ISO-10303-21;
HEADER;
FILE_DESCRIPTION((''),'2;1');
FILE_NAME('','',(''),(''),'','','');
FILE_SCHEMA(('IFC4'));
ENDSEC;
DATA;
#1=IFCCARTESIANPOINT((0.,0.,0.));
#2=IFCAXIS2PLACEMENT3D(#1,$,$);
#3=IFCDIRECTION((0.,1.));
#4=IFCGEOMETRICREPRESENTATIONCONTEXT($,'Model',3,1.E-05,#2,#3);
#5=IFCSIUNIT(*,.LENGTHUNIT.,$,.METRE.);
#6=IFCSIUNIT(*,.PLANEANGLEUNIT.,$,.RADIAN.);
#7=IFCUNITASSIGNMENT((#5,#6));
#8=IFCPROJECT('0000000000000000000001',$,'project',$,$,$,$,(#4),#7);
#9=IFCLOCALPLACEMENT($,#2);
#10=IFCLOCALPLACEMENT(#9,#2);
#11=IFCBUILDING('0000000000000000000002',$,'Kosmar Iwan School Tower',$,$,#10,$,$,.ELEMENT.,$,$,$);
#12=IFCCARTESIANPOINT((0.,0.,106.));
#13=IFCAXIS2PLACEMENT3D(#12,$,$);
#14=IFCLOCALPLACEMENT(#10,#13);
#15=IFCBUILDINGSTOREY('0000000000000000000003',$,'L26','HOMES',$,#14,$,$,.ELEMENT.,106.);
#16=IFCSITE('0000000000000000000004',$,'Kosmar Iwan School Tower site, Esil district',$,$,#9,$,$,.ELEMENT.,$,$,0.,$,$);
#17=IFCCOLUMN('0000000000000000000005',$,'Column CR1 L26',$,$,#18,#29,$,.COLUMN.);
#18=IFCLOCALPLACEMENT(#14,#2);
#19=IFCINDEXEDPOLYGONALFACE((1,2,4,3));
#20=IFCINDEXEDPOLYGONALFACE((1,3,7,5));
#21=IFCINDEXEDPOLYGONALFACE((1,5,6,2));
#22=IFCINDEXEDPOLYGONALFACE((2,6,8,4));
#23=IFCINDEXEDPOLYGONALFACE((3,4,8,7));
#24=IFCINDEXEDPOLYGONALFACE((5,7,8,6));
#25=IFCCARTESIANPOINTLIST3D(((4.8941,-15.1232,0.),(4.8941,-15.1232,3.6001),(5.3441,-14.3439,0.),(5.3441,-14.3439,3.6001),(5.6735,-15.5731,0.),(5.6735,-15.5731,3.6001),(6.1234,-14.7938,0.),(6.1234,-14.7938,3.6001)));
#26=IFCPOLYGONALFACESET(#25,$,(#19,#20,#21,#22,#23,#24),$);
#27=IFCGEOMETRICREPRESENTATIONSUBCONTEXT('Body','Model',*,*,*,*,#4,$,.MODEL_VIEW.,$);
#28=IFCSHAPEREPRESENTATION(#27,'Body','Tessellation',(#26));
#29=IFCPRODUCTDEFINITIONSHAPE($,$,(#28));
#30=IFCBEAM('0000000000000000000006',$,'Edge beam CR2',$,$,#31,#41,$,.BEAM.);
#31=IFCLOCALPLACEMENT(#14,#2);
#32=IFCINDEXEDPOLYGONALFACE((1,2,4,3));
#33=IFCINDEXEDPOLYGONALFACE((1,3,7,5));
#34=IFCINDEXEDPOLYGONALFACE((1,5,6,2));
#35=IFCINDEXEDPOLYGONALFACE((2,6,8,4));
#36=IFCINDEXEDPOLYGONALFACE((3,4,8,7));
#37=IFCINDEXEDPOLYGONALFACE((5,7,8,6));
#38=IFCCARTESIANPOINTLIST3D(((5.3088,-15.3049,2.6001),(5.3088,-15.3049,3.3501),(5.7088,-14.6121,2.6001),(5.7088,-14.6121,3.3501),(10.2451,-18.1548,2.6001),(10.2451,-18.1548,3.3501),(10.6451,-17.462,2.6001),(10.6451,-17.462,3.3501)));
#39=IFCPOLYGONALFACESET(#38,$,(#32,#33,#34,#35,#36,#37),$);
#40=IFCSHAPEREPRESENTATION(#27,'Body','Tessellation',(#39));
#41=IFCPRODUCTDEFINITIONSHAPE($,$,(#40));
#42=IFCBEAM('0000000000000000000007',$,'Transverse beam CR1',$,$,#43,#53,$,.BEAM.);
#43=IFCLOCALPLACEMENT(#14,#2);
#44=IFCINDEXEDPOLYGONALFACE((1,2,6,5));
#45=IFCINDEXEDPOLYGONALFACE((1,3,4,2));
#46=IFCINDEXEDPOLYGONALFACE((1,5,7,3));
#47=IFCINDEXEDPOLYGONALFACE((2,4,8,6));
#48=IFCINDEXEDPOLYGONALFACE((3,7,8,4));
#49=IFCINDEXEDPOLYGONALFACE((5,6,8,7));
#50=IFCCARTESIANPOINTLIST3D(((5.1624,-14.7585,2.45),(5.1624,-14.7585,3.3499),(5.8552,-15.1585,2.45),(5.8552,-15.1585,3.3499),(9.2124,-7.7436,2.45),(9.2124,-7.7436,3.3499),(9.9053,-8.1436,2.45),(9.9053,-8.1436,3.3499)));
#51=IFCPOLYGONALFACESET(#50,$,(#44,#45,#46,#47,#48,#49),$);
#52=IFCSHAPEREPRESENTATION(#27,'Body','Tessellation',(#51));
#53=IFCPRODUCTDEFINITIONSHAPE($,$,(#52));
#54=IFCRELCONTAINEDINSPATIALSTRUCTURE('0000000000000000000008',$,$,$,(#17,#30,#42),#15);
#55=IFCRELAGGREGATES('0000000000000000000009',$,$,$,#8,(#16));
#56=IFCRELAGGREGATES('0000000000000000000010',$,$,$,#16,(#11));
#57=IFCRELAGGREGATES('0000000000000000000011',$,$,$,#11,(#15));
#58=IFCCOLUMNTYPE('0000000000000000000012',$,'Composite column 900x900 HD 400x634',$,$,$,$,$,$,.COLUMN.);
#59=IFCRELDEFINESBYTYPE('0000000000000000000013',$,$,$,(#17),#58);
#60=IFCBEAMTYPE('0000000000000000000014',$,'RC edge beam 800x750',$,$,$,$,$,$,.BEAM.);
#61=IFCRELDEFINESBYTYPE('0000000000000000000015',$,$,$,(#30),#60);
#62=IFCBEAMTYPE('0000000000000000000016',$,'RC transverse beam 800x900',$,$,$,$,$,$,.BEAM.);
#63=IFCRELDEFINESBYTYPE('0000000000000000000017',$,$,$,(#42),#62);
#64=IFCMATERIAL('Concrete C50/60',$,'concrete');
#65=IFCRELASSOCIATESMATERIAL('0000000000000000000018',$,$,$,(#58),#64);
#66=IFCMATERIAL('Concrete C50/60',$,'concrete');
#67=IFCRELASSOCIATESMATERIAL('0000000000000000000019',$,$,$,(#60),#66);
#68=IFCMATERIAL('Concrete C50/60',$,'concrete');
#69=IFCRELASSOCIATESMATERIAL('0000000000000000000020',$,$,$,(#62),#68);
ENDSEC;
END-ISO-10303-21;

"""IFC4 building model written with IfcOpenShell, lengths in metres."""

from ifc_helpers import new_model, si_unit, direction, frame, origin, origin_2d, place, context, subcontext, project, spatial, rectangle, extrude, material, material_profile, profile_set, type_object, element, save


model = new_model("IFC4")

# Units and contexts
model_context = context("Model", 3, precision=1e-05, world=origin(), true_north=direction((0.0, 1.0)))
body_context = subcontext(model_context, "Body", "Model", "MODEL_VIEW")
ifc_project = project(units=[si_unit("LENGTHUNIT", "METRE"), si_unit("PLANEANGLEUNIT", "RADIAN")], contexts=[model_context])

# Site, building, storey
site_placement = place(None, origin())
site = spatial("IfcSite", under=ifc_project, at=site_placement, Name="Kosmar Iwan School Tower site, Esil district", CompositionType="ELEMENT", RefElevation=0.0)
building_placement = place(site_placement, origin())
building = spatial("IfcBuilding", under=site, at=building_placement, Name="Kosmar Iwan School Tower", CompositionType="ELEMENT")
storey_placement = place(building_placement, frame((0.0, 0.0, 106.0)))
storey = spatial("IfcBuildingStorey", under=building, at=storey_placement, Name="L26", Description="HOMES", CompositionType="ELEMENT", Elevation=106.0)

# Column
ifc_material_1 = material(Name="Concrete C50/60", Category="concrete")
ifc_material_profile_1 = material_profile(ifc_material_1, rectangle(XDim=0.8999, YDim=0.8999, at=origin_2d()), Name="RC 900x900 + HD 400x634")
ifc_profile_set_1 = profile_set([ifc_material_profile_1], Name="Concrete C50/60")
column_type = type_object("IfcColumnType", Name="Composite column 900x900 HD 400x634", PredefinedType="COLUMN", material=ifc_profile_set_1)
column_placement = place(storey_placement, frame((5.5088, -14.9585, 0.0), z_axis=(0.0, 0.0, 1.0), x_axis=(0.866025, -0.5, 0.0)))
element("IfcColumn", 1, at=column_placement, inside=storey, type_object=column_type, Name="Column CR1 L26", PredefinedType="COLUMN", context=body_context, shape_type="SweptSolid", body=[
    extrude(rectangle(XDim=0.8999, YDim=0.8999, at=origin_2d()), origin(), (0.0, 0.0, 1.0), 3.6001),
])

# Beams
ifc_material_2 = material(Name="Concrete C50/60", Category="concrete")
ifc_material_profile_2 = material_profile(ifc_material_2, rectangle(XDim=0.8, YDim=0.75, at=origin_2d()), Name="RC 800x750")
ifc_profile_set_2 = profile_set([ifc_material_profile_2], Name="Concrete C50/60")
beam_type_1 = type_object("IfcBeamType", Name="RC edge beam 800x750", PredefinedType="BEAM", material=ifc_profile_set_2)
beam_1_placement = place(storey_placement, frame((5.5088, -14.9585, 2.9751), z_axis=(0.866034, -0.499986, 0.0), x_axis=(0.499986, 0.866034, 0.0)))
element("IfcBeam", 2, at=beam_1_placement, inside=storey, type_object=beam_type_1, Name="Edge beam CR2", PredefinedType="BEAM", context=body_context, shape_type="SweptSolid", body=[
    extrude(rectangle(XDim=0.8, YDim=0.75, at=origin_2d()), origin(), (0.0, 0.0, 1.0), 5.7),
])
ifc_material_3 = material(Name="Concrete C50/60", Category="concrete")
ifc_material_profile_3 = material_profile(ifc_material_3, rectangle(XDim=0.8, YDim=0.8999, at=origin_2d()), Name="RC 800x900")
ifc_profile_set_3 = profile_set([ifc_material_profile_3], Name="Concrete C50/60")
beam_type_2 = type_object("IfcBeamType", Name="RC transverse beam 800x900", PredefinedType="BEAM", material=ifc_profile_set_3)
beam_2_placement = place(storey_placement, frame((5.5088, -14.9585, 2.8999), z_axis=(0.5, 0.866025, 0.0), x_axis=(-0.866025, 0.5, 0.0)))
element("IfcBeam", 3, at=beam_2_placement, inside=storey, type_object=beam_type_2, Name="Transverse beam CR1", PredefinedType="BEAM", context=body_context, shape_type="SweptSolid", body=[
    extrude(rectangle(XDim=0.8, YDim=0.8999, at=origin_2d()), origin(), (0.0, 0.0, 1.0), 8.1001),
])

save(model, "model.ifc")
